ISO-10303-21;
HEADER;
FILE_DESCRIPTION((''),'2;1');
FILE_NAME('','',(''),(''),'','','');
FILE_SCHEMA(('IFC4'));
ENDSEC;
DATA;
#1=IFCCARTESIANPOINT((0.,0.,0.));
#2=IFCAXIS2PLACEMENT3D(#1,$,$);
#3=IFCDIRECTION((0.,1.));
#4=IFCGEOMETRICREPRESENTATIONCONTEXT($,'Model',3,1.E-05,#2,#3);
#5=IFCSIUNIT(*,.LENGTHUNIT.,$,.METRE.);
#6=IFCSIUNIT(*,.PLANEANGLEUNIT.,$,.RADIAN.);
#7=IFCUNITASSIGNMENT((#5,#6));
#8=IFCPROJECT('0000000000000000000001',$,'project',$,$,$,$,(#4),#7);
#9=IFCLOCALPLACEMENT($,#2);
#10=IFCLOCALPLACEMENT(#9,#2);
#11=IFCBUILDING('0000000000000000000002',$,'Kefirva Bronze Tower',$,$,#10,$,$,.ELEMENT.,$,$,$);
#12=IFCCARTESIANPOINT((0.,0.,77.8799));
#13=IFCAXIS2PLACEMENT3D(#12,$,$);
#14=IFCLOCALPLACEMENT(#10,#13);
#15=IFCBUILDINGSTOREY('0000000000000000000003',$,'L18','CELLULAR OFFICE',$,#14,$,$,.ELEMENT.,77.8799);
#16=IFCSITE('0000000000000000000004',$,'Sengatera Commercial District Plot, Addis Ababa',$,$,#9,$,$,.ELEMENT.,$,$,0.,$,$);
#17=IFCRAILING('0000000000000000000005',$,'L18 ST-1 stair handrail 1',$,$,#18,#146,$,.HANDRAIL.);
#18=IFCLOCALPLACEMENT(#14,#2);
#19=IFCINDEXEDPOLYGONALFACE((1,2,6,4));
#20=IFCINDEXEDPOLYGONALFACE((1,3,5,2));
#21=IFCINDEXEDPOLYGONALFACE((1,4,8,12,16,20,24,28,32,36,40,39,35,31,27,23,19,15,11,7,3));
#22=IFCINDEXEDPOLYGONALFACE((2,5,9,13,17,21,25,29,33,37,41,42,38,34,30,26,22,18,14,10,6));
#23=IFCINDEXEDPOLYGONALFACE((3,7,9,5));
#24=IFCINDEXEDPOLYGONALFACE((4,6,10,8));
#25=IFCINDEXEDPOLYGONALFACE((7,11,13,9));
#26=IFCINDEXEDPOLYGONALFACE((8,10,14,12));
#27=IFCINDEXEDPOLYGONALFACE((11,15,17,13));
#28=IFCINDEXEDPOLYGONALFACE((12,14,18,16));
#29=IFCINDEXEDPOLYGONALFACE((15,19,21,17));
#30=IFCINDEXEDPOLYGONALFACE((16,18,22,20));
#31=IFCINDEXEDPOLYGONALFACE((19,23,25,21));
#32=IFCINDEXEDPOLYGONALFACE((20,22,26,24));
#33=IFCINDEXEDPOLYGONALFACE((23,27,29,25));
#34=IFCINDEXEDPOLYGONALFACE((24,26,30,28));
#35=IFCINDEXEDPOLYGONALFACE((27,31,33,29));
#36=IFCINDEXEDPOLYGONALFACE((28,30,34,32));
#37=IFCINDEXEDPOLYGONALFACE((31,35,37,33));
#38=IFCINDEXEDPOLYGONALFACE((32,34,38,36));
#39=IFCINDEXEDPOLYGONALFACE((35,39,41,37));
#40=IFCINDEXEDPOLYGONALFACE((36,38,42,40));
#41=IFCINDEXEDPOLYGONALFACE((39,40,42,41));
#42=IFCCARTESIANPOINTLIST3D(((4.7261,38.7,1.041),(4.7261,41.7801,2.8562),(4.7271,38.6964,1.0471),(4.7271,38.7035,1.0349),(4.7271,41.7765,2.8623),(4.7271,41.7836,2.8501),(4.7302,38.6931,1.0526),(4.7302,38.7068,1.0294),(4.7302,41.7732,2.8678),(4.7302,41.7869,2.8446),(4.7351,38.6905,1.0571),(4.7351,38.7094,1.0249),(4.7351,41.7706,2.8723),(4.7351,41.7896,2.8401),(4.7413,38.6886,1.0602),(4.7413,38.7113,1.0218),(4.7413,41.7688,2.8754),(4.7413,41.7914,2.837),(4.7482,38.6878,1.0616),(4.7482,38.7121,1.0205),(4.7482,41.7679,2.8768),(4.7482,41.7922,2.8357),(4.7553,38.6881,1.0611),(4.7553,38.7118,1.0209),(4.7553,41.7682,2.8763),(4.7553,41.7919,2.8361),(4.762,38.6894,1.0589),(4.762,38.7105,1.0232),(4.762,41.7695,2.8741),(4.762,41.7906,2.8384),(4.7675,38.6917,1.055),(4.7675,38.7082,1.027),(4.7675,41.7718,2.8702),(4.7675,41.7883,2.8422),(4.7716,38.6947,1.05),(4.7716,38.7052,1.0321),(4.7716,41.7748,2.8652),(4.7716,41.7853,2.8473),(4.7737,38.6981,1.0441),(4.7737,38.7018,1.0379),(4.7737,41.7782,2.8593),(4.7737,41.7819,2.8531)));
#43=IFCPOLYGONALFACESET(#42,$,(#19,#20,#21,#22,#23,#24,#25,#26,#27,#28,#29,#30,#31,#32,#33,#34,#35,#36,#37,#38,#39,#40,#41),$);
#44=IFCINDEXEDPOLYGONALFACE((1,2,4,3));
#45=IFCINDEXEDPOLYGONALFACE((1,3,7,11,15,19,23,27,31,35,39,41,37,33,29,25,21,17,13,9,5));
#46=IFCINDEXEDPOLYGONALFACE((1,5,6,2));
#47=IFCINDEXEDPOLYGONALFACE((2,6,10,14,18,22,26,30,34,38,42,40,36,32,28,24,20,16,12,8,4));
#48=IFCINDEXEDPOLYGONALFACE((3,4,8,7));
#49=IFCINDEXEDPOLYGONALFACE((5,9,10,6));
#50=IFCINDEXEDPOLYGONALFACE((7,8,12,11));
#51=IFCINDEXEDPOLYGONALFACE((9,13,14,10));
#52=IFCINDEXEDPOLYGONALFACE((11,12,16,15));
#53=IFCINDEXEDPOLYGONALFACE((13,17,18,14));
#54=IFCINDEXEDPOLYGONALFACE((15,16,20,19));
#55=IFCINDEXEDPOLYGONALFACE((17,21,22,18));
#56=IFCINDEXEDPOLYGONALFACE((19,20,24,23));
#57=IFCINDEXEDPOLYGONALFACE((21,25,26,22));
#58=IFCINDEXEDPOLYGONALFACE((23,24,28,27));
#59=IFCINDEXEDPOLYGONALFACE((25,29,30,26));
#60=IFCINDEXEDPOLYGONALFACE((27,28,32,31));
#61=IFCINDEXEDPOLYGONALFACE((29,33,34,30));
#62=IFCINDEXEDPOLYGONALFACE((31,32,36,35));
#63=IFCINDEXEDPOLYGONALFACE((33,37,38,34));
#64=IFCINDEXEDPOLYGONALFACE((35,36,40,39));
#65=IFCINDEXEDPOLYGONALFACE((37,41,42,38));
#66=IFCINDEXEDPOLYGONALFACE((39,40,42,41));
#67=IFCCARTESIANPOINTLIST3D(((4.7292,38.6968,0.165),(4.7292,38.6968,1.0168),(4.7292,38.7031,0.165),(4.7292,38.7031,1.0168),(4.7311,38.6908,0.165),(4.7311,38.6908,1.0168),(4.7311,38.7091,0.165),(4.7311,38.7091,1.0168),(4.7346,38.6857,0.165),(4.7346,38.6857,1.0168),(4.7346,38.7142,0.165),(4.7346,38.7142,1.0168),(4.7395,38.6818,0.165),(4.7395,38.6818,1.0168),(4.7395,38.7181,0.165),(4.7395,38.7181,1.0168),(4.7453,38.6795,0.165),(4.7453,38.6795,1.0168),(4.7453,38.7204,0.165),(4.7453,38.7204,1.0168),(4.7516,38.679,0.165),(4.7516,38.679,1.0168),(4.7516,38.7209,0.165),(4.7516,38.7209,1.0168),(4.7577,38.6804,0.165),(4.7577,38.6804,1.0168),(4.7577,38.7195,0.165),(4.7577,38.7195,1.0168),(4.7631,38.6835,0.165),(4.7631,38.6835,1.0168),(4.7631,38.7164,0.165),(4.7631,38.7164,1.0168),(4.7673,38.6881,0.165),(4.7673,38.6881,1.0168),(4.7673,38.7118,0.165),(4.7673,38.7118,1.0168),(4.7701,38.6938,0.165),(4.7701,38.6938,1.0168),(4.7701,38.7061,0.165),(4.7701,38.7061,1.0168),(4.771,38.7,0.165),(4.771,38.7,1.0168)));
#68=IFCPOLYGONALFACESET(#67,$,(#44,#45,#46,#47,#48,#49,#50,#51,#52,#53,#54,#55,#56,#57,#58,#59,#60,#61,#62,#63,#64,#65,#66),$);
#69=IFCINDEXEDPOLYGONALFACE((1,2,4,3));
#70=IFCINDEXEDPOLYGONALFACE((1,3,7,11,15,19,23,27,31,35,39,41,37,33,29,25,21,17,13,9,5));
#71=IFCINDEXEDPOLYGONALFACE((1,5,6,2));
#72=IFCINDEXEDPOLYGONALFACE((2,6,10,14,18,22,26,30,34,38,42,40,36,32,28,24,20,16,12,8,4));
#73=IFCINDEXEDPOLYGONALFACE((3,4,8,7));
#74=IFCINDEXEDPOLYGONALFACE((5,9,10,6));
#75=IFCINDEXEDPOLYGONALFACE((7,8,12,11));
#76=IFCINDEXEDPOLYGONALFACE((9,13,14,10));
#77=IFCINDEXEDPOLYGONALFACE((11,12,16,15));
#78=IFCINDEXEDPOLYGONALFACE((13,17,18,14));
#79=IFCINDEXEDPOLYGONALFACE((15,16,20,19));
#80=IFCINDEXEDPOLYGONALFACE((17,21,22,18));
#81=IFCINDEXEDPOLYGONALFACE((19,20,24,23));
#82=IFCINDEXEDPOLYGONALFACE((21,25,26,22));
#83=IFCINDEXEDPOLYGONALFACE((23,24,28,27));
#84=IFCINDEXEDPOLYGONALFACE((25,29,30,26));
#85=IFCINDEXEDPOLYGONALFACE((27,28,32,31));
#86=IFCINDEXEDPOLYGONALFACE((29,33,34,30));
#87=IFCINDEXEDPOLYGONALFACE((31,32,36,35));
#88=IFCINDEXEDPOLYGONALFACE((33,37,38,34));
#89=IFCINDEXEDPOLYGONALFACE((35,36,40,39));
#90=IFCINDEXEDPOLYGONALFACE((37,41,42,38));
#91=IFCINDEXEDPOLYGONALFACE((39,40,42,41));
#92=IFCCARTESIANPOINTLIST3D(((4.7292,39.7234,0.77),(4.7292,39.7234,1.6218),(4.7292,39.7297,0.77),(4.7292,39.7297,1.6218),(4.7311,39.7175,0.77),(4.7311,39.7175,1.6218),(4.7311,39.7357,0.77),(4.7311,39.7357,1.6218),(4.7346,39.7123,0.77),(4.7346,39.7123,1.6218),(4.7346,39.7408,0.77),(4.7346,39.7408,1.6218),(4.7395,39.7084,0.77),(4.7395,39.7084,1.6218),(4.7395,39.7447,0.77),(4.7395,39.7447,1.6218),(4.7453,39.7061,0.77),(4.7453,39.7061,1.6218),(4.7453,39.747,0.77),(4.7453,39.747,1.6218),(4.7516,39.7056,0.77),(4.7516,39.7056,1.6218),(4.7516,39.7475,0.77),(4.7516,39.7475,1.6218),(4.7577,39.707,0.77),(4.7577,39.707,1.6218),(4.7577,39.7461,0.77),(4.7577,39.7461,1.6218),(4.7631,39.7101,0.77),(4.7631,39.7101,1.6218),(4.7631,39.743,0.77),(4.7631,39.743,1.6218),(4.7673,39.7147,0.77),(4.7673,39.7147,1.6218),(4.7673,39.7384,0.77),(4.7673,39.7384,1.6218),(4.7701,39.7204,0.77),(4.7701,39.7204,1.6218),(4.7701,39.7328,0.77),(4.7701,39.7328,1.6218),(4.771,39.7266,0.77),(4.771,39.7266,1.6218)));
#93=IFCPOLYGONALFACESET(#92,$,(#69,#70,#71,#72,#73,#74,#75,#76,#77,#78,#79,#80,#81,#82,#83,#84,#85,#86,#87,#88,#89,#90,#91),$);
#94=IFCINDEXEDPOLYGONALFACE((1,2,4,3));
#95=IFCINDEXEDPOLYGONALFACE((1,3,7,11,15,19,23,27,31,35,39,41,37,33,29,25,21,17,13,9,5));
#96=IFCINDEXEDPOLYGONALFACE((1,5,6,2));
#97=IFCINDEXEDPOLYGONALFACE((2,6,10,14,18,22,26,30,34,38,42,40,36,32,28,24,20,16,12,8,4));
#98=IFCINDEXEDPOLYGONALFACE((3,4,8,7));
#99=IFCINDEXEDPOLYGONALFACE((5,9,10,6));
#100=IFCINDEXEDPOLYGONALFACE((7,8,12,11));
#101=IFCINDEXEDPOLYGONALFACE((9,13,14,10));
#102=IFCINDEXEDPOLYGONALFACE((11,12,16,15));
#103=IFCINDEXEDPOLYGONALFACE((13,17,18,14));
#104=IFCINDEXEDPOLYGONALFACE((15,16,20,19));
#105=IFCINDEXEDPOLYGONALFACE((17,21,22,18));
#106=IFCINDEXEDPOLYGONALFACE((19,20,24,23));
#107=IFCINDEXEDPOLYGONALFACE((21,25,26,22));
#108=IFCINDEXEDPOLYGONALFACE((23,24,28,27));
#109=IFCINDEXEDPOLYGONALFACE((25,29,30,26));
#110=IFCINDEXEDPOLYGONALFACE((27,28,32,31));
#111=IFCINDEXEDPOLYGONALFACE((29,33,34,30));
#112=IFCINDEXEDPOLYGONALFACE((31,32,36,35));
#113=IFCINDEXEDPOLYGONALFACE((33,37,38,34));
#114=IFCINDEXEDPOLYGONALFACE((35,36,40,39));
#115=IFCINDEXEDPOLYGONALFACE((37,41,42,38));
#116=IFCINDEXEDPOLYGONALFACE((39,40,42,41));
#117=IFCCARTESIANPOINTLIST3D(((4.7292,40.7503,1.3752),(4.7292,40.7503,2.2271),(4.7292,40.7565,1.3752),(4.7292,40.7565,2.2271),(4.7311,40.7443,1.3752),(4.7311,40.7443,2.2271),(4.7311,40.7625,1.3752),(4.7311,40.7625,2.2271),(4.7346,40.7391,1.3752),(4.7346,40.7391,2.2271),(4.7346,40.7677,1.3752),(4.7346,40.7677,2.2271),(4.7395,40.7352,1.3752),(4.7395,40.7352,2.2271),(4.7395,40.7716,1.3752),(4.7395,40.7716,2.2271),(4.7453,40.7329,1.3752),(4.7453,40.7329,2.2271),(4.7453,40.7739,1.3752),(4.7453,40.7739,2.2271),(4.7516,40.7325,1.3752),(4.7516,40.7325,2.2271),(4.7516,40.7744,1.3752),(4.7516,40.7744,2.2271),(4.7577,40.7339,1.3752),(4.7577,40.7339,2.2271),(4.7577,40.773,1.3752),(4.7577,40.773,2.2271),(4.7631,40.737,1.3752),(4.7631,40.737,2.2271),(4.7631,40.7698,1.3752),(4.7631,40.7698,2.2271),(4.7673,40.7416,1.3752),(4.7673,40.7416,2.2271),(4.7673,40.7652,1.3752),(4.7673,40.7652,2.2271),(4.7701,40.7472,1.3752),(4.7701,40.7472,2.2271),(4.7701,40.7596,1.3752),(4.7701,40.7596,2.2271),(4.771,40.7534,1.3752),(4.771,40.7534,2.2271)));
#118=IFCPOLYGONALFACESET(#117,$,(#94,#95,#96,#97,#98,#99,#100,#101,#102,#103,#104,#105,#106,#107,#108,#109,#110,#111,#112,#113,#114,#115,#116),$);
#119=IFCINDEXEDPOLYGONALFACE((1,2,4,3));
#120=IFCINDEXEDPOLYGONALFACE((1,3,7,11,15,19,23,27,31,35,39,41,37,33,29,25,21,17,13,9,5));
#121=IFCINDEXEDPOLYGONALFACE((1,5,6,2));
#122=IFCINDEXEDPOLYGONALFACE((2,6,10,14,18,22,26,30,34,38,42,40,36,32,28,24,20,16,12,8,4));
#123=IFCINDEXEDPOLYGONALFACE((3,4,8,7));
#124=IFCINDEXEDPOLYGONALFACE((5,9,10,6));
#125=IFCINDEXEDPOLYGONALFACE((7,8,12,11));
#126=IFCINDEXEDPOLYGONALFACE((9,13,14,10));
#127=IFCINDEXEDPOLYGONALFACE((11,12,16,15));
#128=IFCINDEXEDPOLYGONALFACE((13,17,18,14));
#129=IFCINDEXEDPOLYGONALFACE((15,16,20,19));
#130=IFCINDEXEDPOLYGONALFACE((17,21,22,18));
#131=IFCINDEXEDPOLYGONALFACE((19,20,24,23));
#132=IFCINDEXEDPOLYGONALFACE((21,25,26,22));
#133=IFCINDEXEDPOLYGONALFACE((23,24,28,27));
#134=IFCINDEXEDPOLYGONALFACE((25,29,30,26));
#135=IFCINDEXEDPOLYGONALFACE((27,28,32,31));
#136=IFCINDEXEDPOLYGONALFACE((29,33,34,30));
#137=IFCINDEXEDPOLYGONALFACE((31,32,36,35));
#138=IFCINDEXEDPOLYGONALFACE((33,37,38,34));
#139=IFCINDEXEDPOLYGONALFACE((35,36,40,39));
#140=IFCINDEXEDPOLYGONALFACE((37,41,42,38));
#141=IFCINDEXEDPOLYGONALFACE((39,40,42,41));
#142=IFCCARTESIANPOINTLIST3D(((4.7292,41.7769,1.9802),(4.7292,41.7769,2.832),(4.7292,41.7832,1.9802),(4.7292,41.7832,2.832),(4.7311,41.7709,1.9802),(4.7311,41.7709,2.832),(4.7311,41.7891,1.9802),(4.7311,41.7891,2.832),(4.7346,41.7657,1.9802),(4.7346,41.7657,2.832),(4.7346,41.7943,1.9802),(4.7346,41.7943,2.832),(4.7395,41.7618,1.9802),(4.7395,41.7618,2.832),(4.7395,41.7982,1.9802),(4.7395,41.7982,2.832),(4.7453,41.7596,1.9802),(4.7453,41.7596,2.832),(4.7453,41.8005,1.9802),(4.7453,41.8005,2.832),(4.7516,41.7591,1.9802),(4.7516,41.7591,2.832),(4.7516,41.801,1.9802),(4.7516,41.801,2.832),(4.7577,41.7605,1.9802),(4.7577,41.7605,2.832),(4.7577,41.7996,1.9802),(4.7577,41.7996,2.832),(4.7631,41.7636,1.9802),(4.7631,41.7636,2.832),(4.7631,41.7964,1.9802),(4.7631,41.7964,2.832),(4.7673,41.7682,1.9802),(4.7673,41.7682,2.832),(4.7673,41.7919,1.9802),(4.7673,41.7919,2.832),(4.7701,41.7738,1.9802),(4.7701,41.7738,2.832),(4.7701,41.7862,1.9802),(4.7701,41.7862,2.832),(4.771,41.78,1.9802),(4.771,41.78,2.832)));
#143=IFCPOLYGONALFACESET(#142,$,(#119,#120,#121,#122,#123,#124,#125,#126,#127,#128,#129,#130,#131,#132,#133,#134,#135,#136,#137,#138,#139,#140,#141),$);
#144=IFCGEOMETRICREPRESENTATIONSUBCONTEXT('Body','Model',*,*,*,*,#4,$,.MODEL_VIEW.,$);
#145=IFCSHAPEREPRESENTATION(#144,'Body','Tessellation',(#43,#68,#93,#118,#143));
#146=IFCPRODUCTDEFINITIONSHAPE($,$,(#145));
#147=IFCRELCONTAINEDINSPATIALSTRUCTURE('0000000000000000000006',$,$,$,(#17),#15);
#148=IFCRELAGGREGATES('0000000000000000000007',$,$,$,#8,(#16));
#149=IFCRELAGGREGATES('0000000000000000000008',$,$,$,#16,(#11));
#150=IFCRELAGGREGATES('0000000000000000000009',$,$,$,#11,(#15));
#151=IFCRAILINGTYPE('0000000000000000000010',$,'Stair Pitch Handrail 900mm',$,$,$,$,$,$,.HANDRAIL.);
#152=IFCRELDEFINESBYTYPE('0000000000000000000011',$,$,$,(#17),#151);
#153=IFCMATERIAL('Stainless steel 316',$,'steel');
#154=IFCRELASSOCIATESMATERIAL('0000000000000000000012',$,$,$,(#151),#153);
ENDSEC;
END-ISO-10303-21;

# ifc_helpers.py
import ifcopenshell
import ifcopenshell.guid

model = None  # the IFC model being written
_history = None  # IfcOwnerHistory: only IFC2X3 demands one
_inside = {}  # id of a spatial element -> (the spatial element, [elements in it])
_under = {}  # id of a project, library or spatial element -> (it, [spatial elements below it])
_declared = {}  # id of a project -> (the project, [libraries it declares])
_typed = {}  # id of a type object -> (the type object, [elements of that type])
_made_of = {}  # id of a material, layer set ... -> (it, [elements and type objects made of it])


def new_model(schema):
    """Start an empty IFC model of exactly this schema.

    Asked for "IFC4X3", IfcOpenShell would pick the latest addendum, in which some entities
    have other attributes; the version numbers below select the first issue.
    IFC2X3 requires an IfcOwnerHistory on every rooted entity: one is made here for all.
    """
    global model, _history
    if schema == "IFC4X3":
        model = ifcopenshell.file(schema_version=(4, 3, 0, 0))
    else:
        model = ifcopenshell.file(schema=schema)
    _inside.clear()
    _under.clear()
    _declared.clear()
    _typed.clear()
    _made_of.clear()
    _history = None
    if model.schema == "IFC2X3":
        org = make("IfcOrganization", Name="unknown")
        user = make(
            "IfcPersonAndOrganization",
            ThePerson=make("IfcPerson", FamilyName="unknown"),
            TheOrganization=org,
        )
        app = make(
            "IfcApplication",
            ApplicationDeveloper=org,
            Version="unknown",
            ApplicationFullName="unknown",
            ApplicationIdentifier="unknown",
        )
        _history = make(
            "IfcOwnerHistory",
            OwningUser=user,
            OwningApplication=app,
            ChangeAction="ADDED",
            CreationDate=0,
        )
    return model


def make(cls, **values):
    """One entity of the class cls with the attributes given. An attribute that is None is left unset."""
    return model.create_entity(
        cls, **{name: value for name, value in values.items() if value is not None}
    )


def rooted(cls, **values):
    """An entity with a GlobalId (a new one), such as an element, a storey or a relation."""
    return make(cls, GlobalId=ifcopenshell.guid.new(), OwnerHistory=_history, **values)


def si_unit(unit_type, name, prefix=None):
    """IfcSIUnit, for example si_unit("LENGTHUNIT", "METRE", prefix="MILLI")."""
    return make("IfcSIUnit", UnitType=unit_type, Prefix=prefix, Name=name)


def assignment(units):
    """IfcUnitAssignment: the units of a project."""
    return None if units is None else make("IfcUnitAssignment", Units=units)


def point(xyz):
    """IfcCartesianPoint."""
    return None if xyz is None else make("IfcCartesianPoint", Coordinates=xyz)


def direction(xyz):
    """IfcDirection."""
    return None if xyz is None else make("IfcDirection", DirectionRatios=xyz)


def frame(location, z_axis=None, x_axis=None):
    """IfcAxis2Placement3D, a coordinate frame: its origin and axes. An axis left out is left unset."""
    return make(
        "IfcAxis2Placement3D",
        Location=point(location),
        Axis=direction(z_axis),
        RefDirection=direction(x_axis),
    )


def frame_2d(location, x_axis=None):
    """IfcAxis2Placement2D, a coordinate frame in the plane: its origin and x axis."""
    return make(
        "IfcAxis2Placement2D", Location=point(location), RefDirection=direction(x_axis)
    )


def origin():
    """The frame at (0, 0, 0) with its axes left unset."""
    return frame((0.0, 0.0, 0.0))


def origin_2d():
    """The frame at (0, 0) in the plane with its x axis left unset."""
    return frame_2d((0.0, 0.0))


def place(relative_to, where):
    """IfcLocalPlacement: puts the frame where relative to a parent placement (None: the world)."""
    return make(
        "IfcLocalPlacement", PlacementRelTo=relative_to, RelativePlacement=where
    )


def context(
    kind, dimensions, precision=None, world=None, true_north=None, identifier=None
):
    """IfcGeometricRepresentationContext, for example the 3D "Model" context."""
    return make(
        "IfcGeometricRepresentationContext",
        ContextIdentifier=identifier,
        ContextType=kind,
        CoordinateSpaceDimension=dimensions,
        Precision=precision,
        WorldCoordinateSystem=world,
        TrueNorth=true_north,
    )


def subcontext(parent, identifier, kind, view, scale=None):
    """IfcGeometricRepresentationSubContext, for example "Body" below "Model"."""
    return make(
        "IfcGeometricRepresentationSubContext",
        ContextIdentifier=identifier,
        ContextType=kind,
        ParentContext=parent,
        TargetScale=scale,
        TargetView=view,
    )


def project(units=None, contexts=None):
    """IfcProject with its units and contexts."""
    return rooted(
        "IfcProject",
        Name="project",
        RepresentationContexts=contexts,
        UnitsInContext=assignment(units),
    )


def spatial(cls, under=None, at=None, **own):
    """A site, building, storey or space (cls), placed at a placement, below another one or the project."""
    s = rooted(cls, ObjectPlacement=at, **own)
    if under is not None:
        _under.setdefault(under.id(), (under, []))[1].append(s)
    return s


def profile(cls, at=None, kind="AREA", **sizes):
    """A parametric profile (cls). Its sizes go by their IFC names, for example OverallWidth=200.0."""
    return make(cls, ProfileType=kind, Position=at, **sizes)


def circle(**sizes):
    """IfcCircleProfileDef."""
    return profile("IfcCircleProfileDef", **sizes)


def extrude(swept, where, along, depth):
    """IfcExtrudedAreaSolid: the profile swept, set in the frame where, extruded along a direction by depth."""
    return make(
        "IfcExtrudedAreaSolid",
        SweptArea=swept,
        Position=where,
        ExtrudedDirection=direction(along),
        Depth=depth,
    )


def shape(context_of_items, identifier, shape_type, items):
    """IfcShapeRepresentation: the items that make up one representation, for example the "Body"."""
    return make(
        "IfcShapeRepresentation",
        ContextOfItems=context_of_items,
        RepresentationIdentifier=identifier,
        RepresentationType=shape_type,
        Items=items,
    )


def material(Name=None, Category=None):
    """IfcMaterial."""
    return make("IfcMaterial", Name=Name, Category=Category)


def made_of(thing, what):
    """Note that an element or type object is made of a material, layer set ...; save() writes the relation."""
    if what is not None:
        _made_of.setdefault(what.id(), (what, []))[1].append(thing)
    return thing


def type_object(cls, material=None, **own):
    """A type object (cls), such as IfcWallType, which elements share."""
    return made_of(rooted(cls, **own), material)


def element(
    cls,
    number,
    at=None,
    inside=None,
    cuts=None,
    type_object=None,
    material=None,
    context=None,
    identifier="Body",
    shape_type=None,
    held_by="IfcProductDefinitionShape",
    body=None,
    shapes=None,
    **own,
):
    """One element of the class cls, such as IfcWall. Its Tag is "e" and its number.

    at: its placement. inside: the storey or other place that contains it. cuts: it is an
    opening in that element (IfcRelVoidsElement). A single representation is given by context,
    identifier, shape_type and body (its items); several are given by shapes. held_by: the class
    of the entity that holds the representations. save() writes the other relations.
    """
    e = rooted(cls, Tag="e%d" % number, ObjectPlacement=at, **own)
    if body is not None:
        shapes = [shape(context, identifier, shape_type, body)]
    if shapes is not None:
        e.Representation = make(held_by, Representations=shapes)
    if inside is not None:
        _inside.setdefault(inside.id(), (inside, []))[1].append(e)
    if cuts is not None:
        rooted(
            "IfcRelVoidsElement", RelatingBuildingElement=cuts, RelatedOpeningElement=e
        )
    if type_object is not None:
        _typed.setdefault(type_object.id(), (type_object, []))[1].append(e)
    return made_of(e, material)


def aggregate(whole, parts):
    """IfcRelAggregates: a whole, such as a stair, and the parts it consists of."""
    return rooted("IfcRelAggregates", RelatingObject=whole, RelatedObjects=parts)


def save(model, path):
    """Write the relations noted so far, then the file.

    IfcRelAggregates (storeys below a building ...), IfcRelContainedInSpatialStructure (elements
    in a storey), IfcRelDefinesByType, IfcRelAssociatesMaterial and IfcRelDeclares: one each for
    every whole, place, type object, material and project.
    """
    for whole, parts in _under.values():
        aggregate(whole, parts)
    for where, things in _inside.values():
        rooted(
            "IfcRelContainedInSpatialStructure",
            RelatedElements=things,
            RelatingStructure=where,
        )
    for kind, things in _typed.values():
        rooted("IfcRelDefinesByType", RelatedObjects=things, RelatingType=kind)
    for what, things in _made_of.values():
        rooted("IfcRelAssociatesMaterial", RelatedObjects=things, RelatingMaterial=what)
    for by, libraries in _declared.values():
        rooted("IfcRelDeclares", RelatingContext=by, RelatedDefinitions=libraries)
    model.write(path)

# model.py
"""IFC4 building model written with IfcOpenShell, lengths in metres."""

from ifc_helpers import new_model, si_unit, direction, frame, origin, origin_2d, place, context, subcontext, project, spatial, circle, extrude, material, type_object, element, save


model = new_model("IFC4")

# Units and contexts
model_context = context("Model", 3, precision=1e-05, world=origin(), true_north=direction((0.0, 1.0)))
body_context = subcontext(model_context, "Body", "Model", "MODEL_VIEW")
ifc_project = project(units=[si_unit("LENGTHUNIT", "METRE"), si_unit("PLANEANGLEUNIT", "RADIAN")], contexts=[model_context])

# Site, building, storey
site_placement = place(None, origin())
site = spatial("IfcSite", under=ifc_project, at=site_placement, Name="Sengatera Commercial District Plot, Addis Ababa", CompositionType="ELEMENT", RefElevation=0.0)
building_placement = place(site_placement, origin())
building = spatial("IfcBuilding", under=site, at=building_placement, Name="Kefirva Bronze Tower", CompositionType="ELEMENT")
storey_placement = place(building_placement, frame((0.0, 0.0, 77.8799)))
storey = spatial("IfcBuildingStorey", under=building, at=storey_placement, Name="L18", Description="CELLULAR OFFICE", CompositionType="ELEMENT", Elevation=77.8799)

# Railing
ifc_material_1 = material(Name="Stainless steel 316", Category="steel")
railing_type_1 = type_object("IfcRailingType", Name="Stair Pitch Handrail 900mm", PredefinedType="HANDRAIL", material=ifc_material_1)
railing_1_placement = place(storey_placement, frame((4.75, 38.7, 0.165)))
element("IfcRailing", 1, at=railing_1_placement, inside=storey, type_object=railing_type_1, Name="L18 ST-1 stair handrail 1", PredefinedType="HANDRAIL", context=body_context, shape_type="SweptSolid", body=[
    extrude(circle(Radius=0.0239, at=origin_2d()), frame((0.0, 0.0, 0.876), z_axis=(0.0, 0.861521, 0.507721), x_axis=(-1.0, 0.0, 0.0)), (0.0, 0.0, 1.0), 3.5752),
    extrude(circle(Radius=0.021, at=origin_2d()), origin(), (0.0, 0.0, 1.0), 0.8518),
    extrude(circle(Radius=0.021, at=origin_2d()), frame((0.0, 1.0266, 0.605)), (0.0, 0.0, 1.0), 0.8518),
    extrude(circle(Radius=0.021, at=origin_2d()), frame((0.0, 2.0535, 1.2102)), (0.0, 0.0, 1.0), 0.8518),
    extrude(circle(Radius=0.021, at=origin_2d()), frame((0.0, 3.0801, 1.8152)), (0.0, 0.0, 1.0), 0.8518),
])

save(model, "model.ifc")
